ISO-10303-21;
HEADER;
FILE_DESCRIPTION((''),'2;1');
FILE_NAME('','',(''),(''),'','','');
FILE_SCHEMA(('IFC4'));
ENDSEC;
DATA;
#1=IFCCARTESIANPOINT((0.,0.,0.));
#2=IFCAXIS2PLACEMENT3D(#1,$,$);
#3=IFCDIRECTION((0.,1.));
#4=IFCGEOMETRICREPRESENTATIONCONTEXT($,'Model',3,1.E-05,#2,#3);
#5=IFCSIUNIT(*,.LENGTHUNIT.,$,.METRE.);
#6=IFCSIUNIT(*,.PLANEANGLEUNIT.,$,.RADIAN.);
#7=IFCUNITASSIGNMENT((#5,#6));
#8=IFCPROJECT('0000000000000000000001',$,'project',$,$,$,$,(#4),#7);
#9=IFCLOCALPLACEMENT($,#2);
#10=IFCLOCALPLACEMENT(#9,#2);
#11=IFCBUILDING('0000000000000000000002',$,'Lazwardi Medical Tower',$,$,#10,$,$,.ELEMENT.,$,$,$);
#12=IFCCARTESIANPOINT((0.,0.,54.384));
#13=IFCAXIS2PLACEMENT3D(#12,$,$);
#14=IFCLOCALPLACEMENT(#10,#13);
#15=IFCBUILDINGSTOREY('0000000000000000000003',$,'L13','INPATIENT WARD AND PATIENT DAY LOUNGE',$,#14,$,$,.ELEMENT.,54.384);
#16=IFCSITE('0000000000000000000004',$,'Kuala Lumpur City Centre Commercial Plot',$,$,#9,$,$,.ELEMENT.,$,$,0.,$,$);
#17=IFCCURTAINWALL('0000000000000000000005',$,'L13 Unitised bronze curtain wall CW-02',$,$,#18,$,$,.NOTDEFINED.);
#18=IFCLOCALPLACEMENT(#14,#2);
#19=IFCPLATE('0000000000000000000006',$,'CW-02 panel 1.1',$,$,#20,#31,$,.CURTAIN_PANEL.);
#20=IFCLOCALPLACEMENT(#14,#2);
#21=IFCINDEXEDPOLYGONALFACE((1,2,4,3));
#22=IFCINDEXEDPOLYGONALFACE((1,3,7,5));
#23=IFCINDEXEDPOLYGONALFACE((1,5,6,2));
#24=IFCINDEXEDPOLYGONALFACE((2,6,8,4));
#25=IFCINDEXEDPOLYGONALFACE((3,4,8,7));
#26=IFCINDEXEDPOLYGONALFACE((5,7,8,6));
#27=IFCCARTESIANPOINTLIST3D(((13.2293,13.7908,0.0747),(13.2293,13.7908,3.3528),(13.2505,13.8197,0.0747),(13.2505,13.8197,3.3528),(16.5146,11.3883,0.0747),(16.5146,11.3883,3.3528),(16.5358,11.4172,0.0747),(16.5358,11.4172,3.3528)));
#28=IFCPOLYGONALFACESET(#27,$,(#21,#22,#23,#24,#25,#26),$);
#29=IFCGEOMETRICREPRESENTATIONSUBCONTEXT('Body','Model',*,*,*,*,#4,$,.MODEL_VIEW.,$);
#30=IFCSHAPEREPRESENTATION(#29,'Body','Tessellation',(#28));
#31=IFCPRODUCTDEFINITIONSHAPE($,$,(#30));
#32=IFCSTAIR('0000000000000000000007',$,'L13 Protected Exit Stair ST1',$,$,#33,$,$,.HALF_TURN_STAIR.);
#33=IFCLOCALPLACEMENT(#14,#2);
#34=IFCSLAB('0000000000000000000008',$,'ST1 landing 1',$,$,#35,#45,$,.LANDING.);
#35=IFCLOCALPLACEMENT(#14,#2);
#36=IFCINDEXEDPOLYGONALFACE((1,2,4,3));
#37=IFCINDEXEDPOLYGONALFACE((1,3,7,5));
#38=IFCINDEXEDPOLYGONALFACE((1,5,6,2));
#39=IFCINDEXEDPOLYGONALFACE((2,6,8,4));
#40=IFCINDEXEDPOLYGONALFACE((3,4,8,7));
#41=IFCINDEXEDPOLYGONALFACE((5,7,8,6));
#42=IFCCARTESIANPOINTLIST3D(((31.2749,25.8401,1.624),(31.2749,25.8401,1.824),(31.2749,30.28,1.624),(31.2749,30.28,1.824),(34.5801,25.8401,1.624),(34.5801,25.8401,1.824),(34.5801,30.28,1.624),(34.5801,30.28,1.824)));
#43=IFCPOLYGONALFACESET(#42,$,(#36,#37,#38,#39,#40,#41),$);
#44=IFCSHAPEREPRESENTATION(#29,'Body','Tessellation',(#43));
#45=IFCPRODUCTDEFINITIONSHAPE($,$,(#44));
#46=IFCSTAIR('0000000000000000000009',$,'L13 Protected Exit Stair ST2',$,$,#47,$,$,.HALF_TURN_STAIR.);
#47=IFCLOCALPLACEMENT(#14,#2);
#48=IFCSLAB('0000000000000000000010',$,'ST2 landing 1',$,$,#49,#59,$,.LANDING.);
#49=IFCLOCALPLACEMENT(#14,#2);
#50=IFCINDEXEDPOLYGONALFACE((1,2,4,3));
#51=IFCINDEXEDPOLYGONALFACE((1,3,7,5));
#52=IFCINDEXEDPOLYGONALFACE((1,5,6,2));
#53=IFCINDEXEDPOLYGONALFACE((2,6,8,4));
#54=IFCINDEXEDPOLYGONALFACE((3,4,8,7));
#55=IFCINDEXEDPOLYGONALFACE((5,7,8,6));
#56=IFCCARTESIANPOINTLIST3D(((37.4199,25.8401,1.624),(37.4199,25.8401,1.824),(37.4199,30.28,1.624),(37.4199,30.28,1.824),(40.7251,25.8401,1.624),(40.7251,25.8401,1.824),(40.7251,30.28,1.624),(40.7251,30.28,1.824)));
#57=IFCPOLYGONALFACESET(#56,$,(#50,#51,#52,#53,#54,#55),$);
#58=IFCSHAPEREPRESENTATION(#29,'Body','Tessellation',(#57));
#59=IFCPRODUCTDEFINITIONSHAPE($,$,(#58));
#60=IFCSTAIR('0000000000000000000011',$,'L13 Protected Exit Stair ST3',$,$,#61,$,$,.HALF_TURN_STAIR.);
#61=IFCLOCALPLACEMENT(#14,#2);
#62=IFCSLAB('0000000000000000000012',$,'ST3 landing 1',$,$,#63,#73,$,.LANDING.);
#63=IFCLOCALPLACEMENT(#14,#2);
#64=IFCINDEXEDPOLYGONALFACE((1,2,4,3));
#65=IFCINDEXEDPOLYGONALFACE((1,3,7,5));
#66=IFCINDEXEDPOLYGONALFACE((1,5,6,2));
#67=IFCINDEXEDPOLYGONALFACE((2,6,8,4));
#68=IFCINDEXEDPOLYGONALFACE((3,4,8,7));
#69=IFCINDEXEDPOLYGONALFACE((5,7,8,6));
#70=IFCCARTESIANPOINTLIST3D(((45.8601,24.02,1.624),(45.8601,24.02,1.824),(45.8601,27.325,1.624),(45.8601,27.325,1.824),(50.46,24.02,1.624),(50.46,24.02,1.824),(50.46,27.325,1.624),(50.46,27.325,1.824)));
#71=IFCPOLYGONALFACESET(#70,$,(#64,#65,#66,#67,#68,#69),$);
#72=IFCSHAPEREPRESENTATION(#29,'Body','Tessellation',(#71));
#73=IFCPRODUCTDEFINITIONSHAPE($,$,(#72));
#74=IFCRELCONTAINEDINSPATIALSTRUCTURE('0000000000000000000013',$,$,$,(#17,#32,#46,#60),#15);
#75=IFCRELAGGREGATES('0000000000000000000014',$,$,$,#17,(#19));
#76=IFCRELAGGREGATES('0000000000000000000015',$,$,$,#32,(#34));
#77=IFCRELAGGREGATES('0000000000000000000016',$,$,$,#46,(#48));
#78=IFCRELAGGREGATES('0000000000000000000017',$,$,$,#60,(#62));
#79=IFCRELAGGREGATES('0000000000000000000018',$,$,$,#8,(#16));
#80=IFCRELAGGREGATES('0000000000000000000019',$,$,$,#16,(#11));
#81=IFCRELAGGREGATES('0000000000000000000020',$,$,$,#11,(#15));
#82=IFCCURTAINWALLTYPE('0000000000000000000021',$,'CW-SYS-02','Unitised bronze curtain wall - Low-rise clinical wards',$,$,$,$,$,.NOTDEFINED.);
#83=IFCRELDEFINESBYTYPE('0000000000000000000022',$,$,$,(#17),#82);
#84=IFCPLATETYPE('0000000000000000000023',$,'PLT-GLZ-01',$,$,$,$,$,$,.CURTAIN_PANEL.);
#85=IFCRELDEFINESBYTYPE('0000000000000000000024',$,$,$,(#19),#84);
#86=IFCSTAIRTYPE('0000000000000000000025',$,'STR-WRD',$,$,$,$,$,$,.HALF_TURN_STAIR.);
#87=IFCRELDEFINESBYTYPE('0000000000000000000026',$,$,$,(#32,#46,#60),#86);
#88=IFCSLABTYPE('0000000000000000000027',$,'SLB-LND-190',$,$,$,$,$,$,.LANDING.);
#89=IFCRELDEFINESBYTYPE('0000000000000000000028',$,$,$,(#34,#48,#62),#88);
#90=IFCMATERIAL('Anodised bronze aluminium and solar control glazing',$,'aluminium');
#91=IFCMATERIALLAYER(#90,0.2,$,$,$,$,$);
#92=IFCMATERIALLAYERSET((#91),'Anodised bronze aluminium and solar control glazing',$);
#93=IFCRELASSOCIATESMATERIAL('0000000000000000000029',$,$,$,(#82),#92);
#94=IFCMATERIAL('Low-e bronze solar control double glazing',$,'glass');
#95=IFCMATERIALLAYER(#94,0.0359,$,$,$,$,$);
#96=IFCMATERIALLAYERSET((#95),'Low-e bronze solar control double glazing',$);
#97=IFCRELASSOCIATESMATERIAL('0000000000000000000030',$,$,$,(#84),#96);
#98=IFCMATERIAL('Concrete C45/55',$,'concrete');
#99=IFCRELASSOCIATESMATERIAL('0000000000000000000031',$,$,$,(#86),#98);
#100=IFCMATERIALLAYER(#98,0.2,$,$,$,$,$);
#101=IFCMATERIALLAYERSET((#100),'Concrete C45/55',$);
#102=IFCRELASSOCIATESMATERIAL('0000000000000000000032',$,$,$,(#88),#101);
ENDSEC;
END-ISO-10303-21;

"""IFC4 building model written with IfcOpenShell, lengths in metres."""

from ifc_helpers import new_model, si_unit, direction, frame, origin, origin_2d, place, context, subcontext, project, spatial, polyline, rectangle, outline, extrude, material, layer, layer_set, type_object, element, aggregate, save


model = new_model("IFC4")

# Units and contexts
model_context = context("Model", 3, precision=1e-05, world=origin(), true_north=direction((0.0, 1.0)))
body_context = subcontext(model_context, "Body", "Model", "MODEL_VIEW")
ifc_project = project(units=[si_unit("LENGTHUNIT", "METRE"), si_unit("PLANEANGLEUNIT", "RADIAN")], contexts=[model_context])

# Site, building, storey
site_placement = place(None, origin())
site = spatial("IfcSite", under=ifc_project, at=site_placement, Name="Kuala Lumpur City Centre Commercial Plot", CompositionType="ELEMENT", RefElevation=0.0)
building_placement = place(site_placement, origin())
building = spatial("IfcBuilding", under=site, at=building_placement, Name="Lazwardi Medical Tower", CompositionType="ELEMENT")
storey_placement = place(building_placement, frame((0.0, 0.0, 54.384)))
storey = spatial("IfcBuildingStorey", under=building, at=storey_placement, Name="L13", Description="INPATIENT WARD AND PATIENT DAY LOUNGE", CompositionType="ELEMENT", Elevation=54.384)

# Curtain wall, plate
ifc_material_1 = material(Name="Anodised bronze aluminium and solar control glazing", Category="aluminium")
ifc_layer_1 = layer(ifc_material_1, 0.2)
ifc_layer_set_1 = layer_set([ifc_layer_1], Name="Anodised bronze aluminium and solar control glazing")
curtain_wall_type = type_object("IfcCurtainWallType", Name="CW-SYS-02", Description="Unitised bronze curtain wall - Low-rise clinical wards", PredefinedType="NOTDEFINED", material=ifc_layer_set_1)
curtain_wall_placement = place(storey_placement, origin())
curtain_wall = element("IfcCurtainWall", 1, at=curtain_wall_placement, inside=storey, type_object=curtain_wall_type, Name="L13 Unitised bronze curtain wall CW-02", PredefinedType="NOTDEFINED")
ifc_material_2 = material(Name="Low-e bronze solar control double glazing", Category="glass")
ifc_layer_2 = layer(ifc_material_2, 0.0359)
ifc_layer_set_2 = layer_set([ifc_layer_2], Name="Low-e bronze solar control double glazing")
plate_type = type_object("IfcPlateType", Name="PLT-GLZ-01", PredefinedType="CURTAIN_PANEL", material=ifc_layer_set_2)
plate_placement = place(storey_placement, frame((14.8826, 12.604, 0.0747), z_axis=(0.0, 0.0, 1.0), x_axis=(0.807192, -0.590289, 0.0)))
plate = element("IfcPlate", 2, at=plate_placement, type_object=plate_type, Name="CW-02 panel 1.1", PredefinedType="CURTAIN_PANEL", context=body_context, shape_type="SweptSolid", body=[
    extrude(rectangle(XDim=4.0701, YDim=0.0359, at=origin_2d()), origin(), (0.0, 0.0, 1.0), 3.2781),
])
aggregate(curtain_wall, [plate])

# Stairs, slabs
ifc_material_3 = material(Name="Concrete C45/55", Category="concrete")
stair_type = type_object("IfcStairType", Name="STR-WRD", PredefinedType="HALF_TURN_STAIR", material=ifc_material_3)
stair_1_placement = place(storey_placement, origin())
stair_1 = element("IfcStair", 3, at=stair_1_placement, inside=storey, type_object=stair_type, Name="L13 Protected Exit Stair ST1", PredefinedType="HALF_TURN_STAIR")
ifc_layer_3 = layer(ifc_material_3, 0.2)
ifc_layer_set_3 = layer_set([ifc_layer_3], Name="Concrete C45/55")
slab_type_1 = type_object("IfcSlabType", Name="SLB-LND-190", PredefinedType="LANDING", material=ifc_layer_set_3)
slab_1_placement = place(storey_placement, frame((0.0, 0.0, 1.624)))
slab_1 = element("IfcSlab", 4, at=slab_1_placement, type_object=slab_type_1, Name="ST1 landing 1", PredefinedType="LANDING", context=body_context, shape_type="SweptSolid", body=[
    extrude(outline(polyline([(31.2749, 25.8401), (34.5801, 25.8401), (34.5801, 30.28), (31.2749, 30.28), (31.2749, 25.8401)])), origin(), (0.0, 0.0, 1.0), 0.2),
])
aggregate(stair_1, [slab_1])
stair_2_placement = place(storey_placement, origin())
stair_2 = element("IfcStair", 5, at=stair_2_placement, inside=storey, type_object=stair_type, Name="L13 Protected Exit Stair ST2", PredefinedType="HALF_TURN_STAIR")
slab_2_placement = place(storey_placement, frame((0.0, 0.0, 1.624)))
slab_2 = element("IfcSlab", 6, at=slab_2_placement, type_object=slab_type_1, Name="ST2 landing 1", PredefinedType="LANDING", context=body_context, shape_type="SweptSolid", body=[
    extrude(outline(polyline([(40.7251, 30.28), (37.4199, 30.28), (37.4199, 25.8401), (40.7251, 25.8401), (40.7251, 30.28)])), origin(), (0.0, 0.0, 1.0), 0.2),
])
aggregate(stair_2, [slab_2])
stair_3_placement = place(storey_placement, origin())
stair_3 = element("IfcStair", 7, at=stair_3_placement, inside=storey, type_object=stair_type, Name="L13 Protected Exit Stair ST3", PredefinedType="HALF_TURN_STAIR")
slab_3_placement = place(storey_placement, frame((0.0, 0.0, 1.624)))
slab_3 = element("IfcSlab", 8, at=slab_3_placement, type_object=slab_type_1, Name="ST3 landing 1", PredefinedType="LANDING", context=body_context, shape_type="SweptSolid", body=[
    extrude(outline(polyline([(45.8601, 27.325), (45.8601, 24.02), (50.46, 24.02), (50.46, 27.325), (45.8601, 27.325)])), origin(), (0.0, 0.0, 1.0), 0.2),
])
aggregate(stair_3, [slab_3])

save(model, "model.ifc")
